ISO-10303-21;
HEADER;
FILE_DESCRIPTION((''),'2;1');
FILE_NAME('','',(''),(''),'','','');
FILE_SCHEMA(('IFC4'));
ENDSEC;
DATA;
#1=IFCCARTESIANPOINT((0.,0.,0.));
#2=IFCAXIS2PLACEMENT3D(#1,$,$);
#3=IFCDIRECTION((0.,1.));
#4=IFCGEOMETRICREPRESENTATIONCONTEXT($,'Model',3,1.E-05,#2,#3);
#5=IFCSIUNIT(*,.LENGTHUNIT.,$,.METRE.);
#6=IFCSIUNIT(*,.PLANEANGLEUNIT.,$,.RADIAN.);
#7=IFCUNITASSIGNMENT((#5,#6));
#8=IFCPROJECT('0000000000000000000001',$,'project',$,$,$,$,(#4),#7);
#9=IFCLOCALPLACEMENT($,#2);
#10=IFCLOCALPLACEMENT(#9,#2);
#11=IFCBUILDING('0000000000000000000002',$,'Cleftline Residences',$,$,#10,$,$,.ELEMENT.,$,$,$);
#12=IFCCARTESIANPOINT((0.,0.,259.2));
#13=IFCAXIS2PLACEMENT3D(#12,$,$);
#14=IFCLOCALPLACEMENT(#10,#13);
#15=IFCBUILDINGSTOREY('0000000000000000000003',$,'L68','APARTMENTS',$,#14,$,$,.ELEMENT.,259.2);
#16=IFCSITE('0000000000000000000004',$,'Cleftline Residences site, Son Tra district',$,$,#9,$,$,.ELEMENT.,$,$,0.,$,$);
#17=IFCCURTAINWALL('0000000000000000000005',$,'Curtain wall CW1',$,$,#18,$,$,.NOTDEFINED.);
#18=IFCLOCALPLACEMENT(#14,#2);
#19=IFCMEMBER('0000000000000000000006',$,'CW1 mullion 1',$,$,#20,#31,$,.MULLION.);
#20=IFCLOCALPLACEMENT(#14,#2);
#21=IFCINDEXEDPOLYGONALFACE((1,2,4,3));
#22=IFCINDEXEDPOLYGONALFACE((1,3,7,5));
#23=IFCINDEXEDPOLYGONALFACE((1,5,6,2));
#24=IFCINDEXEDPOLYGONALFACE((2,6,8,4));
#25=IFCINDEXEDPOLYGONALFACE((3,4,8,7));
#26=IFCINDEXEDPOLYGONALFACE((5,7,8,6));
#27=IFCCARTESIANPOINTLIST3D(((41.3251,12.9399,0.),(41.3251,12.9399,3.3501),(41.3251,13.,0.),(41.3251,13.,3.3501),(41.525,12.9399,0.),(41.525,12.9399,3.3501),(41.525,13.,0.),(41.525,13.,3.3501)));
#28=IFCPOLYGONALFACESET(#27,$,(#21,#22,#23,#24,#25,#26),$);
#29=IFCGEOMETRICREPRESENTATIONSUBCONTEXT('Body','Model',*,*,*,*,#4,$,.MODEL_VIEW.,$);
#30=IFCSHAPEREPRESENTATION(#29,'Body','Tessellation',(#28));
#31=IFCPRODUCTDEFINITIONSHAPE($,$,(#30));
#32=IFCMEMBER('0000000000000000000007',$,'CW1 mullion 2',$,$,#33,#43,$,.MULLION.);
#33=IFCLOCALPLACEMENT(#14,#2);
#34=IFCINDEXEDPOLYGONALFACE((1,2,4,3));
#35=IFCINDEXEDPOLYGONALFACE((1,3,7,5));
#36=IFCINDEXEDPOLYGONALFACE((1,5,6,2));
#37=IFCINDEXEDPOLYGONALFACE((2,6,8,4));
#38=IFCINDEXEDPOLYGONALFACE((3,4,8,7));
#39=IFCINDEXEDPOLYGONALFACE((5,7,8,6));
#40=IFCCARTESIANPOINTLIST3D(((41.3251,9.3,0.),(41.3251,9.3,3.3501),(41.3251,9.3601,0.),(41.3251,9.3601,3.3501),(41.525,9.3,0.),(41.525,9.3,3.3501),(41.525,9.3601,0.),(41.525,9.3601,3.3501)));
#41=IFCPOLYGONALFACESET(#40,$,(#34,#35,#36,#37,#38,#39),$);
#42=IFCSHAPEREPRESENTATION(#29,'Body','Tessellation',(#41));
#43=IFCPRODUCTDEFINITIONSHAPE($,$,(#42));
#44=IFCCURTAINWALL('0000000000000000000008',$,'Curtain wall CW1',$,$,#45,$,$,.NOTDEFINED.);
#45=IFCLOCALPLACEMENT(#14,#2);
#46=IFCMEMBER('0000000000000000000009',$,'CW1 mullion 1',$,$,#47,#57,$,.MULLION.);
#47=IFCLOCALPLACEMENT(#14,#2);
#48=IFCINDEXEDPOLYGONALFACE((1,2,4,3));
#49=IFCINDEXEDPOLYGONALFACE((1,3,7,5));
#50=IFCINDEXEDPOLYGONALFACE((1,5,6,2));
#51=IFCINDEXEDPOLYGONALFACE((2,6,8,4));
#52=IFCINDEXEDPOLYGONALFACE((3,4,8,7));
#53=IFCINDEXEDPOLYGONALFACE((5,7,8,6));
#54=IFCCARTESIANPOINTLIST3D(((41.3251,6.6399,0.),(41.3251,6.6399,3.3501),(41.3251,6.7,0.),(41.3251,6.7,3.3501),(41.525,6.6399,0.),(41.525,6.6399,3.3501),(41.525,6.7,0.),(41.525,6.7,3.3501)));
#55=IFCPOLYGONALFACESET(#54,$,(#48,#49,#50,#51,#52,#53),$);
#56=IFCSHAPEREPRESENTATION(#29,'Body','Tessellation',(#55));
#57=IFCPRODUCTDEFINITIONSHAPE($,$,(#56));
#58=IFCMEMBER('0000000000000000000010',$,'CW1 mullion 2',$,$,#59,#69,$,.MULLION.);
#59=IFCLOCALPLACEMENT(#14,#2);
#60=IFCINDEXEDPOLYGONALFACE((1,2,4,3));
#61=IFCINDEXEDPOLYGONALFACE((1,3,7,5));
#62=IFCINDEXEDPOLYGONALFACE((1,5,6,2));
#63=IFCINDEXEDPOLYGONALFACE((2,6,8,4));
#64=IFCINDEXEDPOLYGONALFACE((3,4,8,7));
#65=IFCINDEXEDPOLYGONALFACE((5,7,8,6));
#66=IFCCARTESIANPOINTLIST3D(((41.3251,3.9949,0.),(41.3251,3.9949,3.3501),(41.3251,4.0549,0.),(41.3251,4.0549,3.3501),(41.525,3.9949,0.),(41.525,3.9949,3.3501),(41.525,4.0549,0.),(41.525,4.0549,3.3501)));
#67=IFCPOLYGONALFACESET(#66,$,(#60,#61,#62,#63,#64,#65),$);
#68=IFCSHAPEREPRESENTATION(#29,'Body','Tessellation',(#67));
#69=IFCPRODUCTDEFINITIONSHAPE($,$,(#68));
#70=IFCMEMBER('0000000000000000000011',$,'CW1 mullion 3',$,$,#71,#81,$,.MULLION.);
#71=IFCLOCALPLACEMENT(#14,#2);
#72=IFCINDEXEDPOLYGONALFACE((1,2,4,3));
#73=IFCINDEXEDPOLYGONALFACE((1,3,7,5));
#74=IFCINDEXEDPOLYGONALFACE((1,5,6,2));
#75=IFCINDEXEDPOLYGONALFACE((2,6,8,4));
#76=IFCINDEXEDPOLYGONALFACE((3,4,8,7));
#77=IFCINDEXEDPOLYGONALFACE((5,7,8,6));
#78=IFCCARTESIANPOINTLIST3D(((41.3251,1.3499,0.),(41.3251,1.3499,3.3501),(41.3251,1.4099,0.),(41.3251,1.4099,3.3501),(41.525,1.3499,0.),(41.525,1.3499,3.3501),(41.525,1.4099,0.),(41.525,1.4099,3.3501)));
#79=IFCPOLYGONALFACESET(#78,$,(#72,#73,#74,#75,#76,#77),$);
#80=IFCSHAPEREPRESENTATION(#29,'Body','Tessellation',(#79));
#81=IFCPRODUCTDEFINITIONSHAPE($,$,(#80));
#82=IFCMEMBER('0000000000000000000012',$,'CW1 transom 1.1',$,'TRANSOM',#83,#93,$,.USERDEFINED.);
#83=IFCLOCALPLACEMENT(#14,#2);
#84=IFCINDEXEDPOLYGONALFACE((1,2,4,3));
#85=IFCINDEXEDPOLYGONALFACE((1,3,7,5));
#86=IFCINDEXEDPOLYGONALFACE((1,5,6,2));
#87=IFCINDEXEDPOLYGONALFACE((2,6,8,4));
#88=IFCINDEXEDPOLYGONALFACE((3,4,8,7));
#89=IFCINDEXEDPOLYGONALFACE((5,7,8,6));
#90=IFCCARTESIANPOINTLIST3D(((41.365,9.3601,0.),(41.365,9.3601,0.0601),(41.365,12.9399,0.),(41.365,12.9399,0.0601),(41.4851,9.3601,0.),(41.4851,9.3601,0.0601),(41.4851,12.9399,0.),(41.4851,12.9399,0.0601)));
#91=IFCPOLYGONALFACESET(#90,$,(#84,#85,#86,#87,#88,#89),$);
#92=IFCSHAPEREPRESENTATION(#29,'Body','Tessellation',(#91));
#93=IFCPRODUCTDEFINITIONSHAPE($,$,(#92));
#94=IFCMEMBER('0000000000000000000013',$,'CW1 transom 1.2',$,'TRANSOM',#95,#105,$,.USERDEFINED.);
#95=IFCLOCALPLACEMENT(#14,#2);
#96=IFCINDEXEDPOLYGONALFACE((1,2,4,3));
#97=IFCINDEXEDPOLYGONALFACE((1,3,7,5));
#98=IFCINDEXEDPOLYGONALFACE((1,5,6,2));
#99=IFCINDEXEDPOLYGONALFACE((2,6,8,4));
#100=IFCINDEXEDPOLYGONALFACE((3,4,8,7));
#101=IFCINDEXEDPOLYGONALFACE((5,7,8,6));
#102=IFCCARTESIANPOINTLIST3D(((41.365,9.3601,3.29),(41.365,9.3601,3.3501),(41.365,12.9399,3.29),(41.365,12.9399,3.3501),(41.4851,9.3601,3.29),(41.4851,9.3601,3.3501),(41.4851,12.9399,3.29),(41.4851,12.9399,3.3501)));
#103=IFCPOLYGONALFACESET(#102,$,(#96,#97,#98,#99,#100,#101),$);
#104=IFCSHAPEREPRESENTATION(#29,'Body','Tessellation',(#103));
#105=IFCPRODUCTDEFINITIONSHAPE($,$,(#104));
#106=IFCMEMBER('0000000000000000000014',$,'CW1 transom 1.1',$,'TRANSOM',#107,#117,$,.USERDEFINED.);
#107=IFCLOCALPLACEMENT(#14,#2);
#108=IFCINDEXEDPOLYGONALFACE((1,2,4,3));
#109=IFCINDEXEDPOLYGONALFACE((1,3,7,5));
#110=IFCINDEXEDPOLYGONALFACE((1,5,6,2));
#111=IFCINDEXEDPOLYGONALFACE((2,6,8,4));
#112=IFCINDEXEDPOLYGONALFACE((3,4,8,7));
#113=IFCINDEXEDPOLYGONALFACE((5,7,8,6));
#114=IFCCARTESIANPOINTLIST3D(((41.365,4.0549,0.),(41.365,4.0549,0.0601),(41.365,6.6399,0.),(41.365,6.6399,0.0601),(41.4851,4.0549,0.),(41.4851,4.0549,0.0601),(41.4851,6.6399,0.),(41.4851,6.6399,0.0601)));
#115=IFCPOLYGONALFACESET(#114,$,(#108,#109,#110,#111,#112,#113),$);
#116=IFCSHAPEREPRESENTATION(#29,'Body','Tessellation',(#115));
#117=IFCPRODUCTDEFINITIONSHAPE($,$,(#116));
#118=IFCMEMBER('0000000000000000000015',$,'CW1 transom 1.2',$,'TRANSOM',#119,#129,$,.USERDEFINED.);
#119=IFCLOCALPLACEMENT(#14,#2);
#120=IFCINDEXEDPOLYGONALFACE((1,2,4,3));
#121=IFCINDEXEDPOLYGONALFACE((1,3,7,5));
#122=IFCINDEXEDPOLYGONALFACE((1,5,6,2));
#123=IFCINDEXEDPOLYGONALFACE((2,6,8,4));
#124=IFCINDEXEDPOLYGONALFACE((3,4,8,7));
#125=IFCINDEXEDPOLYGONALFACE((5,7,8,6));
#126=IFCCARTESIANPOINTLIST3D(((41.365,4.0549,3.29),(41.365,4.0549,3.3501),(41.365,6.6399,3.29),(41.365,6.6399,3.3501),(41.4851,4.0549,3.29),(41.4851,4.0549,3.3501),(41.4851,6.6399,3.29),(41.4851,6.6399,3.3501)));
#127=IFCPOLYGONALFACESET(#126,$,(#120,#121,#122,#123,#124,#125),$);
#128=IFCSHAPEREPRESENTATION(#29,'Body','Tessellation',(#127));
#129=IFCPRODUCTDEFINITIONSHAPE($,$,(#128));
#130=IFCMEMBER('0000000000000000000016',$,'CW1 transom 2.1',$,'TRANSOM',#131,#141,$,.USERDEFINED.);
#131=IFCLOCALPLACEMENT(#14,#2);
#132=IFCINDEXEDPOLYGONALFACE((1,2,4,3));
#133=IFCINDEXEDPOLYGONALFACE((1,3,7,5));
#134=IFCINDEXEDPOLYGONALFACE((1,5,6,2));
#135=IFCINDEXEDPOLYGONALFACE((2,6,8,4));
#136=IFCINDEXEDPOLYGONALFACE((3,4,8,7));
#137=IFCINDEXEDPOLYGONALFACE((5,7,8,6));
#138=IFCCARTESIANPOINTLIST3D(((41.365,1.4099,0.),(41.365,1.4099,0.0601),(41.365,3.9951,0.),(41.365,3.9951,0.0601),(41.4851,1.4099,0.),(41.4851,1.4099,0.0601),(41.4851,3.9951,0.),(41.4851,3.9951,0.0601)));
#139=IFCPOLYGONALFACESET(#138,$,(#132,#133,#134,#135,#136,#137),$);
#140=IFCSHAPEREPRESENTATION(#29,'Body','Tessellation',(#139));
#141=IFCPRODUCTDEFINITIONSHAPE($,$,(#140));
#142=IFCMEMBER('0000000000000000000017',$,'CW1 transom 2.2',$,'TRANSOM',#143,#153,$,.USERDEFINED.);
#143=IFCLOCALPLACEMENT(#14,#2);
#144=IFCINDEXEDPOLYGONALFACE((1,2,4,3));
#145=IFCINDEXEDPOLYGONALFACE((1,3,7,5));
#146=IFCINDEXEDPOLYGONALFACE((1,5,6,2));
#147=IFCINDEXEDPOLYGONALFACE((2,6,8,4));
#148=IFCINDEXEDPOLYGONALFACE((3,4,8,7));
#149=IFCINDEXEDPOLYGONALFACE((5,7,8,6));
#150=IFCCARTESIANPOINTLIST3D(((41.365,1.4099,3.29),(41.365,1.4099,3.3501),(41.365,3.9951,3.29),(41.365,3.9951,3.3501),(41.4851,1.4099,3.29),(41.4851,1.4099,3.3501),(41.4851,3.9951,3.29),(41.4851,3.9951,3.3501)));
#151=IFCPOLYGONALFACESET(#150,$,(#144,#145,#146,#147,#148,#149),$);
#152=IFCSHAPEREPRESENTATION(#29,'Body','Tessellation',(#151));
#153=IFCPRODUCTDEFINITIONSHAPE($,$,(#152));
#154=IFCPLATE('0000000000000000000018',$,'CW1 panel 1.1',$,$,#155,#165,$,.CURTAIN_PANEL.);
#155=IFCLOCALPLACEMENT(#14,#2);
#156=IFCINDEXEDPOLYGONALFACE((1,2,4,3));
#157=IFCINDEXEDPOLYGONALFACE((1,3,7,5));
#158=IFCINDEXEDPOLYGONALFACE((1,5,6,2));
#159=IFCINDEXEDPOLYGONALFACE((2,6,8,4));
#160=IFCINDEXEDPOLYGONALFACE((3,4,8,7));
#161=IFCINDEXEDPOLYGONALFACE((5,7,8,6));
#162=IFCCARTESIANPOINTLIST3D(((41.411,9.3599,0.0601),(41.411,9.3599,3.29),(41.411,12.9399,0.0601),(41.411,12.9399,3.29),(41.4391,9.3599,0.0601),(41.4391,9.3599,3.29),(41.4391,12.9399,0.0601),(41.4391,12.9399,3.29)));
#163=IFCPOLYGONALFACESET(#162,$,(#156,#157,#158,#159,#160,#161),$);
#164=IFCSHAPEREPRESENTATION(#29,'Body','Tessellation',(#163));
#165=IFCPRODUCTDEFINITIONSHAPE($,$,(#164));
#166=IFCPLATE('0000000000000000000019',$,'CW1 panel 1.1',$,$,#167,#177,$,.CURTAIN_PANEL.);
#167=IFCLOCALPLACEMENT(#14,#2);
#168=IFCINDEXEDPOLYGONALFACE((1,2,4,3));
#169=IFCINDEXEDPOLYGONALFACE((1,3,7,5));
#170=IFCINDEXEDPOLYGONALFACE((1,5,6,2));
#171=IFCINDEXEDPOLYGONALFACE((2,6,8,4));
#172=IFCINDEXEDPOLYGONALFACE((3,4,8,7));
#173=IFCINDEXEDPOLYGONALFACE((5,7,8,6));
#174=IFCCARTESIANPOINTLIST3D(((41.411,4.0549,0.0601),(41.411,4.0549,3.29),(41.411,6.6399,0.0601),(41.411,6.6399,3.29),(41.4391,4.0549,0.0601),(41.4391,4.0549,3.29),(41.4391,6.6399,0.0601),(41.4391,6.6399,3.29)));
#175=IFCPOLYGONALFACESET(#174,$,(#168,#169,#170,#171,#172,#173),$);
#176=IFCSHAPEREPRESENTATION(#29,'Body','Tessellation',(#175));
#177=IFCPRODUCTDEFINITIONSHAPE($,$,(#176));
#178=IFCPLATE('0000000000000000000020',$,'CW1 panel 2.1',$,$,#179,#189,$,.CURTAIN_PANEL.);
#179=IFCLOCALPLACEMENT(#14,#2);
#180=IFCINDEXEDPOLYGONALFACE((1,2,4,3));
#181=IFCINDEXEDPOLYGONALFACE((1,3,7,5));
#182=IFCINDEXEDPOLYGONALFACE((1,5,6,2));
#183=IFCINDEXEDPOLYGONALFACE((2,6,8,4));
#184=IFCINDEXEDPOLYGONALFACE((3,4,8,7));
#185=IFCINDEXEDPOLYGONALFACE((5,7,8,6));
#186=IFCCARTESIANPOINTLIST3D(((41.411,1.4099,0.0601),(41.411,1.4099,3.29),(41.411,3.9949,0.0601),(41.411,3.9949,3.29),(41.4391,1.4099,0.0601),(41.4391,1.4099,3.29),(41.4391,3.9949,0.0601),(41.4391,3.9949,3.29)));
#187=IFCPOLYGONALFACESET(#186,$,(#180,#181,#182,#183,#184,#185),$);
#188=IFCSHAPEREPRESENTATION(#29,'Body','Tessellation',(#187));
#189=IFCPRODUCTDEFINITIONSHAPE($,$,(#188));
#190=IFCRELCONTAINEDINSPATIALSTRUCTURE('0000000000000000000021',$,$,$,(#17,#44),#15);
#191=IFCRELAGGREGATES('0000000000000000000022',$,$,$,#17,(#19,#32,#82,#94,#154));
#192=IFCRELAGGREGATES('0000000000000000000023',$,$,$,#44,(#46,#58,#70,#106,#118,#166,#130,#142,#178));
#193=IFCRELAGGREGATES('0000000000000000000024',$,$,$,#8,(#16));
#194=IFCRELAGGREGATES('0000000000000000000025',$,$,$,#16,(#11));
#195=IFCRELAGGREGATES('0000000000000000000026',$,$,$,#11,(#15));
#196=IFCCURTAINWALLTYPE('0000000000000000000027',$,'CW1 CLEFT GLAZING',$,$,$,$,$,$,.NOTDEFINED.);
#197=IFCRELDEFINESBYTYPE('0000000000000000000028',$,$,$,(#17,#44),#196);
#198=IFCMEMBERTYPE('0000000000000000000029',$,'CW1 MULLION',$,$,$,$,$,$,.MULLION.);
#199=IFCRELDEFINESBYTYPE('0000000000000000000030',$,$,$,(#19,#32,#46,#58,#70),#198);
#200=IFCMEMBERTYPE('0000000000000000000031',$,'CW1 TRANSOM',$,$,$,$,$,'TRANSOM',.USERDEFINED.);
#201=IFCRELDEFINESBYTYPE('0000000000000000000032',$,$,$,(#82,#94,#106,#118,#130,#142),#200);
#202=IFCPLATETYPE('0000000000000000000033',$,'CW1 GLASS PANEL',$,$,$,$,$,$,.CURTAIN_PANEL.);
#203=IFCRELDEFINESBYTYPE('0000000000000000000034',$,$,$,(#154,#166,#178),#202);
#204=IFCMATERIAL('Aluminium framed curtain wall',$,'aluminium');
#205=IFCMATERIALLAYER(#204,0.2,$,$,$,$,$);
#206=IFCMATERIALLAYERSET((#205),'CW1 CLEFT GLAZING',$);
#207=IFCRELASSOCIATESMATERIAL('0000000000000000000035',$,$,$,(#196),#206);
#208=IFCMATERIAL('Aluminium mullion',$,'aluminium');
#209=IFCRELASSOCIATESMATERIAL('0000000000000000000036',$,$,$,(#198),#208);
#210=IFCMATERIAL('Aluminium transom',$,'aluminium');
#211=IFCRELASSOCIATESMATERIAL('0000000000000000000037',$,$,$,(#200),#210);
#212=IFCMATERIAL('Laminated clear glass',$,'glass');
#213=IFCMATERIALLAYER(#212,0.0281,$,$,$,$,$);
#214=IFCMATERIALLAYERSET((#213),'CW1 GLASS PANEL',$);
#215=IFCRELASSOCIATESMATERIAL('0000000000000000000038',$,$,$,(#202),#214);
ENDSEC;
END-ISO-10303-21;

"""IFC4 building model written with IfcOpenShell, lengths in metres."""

from ifc_helpers import new_model, si_unit, direction, frame, origin, origin_2d, place, context, subcontext, project, spatial, rectangle, extrude, material, layer, layer_set, material_profile, profile_set, type_object, element, aggregate, save


model = new_model("IFC4")

# Units and contexts
model_context = context("Model", 3, precision=1e-05, world=origin(), true_north=direction((0.0, 1.0)))
body_context = subcontext(model_context, "Body", "Model", "MODEL_VIEW")
ifc_project = project(units=[si_unit("LENGTHUNIT", "METRE"), si_unit("PLANEANGLEUNIT", "RADIAN")], contexts=[model_context])

# Site, building, storey
site_placement = place(None, origin())
site = spatial("IfcSite", under=ifc_project, at=site_placement, Name="Cleftline Residences site, Son Tra district", CompositionType="ELEMENT", RefElevation=0.0)
building_placement = place(site_placement, origin())
building = spatial("IfcBuilding", under=site, at=building_placement, Name="Cleftline Residences", CompositionType="ELEMENT")
storey_placement = place(building_placement, frame((0.0, 0.0, 259.2)))
storey = spatial("IfcBuildingStorey", under=building, at=storey_placement, Name="L68", Description="APARTMENTS", CompositionType="ELEMENT", Elevation=259.2)

# Curtain walls, members
ifc_material_1 = material(Name="Aluminium framed curtain wall", Category="aluminium")
ifc_layer_1 = layer(ifc_material_1, 0.2)
ifc_layer_set_1 = layer_set([ifc_layer_1], Name="CW1 CLEFT GLAZING")
curtain_wall_type = type_object("IfcCurtainWallType", Name="CW1 CLEFT GLAZING", PredefinedType="NOTDEFINED", material=ifc_layer_set_1)
curtain_wall_1_placement = place(storey_placement, origin())
curtain_wall_1 = element("IfcCurtainWall", 1, at=curtain_wall_1_placement, inside=storey, type_object=curtain_wall_type, Name="Curtain wall CW1", PredefinedType="NOTDEFINED")
ifc_material_2 = material(Name="Aluminium mullion", Category="aluminium")
ifc_material_profile_1 = material_profile(ifc_material_2, rectangle(XDim=0.2, YDim=0.0601, at=origin_2d()))
ifc_profile_set_1 = profile_set([ifc_material_profile_1], Name="Aluminium mullion")
member_type_1 = type_object("IfcMemberType", Name="CW1 MULLION", PredefinedType="MULLION", material=ifc_profile_set_1)
member_1_placement = place(storey_placement, frame((41.425, 12.97, 0.0), z_axis=(0.0, 0.0, 1.0), x_axis=(1.0, 0.0, 0.0)))
member_1 = element("IfcMember", 2, at=member_1_placement, type_object=member_type_1, Name="CW1 mullion 1", PredefinedType="MULLION", context=body_context, shape_type="SweptSolid", body=[
    extrude(rectangle(XDim=0.2, YDim=0.0601, at=origin_2d()), origin(), (0.0, 0.0, 1.0), 3.3501),
])
member_2_placement = place(storey_placement, frame((41.425, 9.3301, 0.0), z_axis=(0.0, 0.0, 1.0), x_axis=(1.0, 0.0, 0.0)))
member_2 = element("IfcMember", 3, at=member_2_placement, type_object=member_type_1, Name="CW1 mullion 2", PredefinedType="MULLION", context=body_context, shape_type="SweptSolid", body=[
    extrude(rectangle(XDim=0.2, YDim=0.0601, at=origin_2d()), origin(), (0.0, 0.0, 1.0), 3.3501),
])
curtain_wall_2_placement = place(storey_placement, origin())
curtain_wall_2 = element("IfcCurtainWall", 4, at=curtain_wall_2_placement, inside=storey, type_object=curtain_wall_type, Name="Curtain wall CW1", PredefinedType="NOTDEFINED")
member_3_placement = place(storey_placement, frame((41.425, 6.6699, 0.0), z_axis=(0.0, 0.0, 1.0), x_axis=(1.0, 0.0, 0.0)))
member_3 = element("IfcMember", 5, at=member_3_placement, type_object=member_type_1, Name="CW1 mullion 1", PredefinedType="MULLION", context=body_context, shape_type="SweptSolid", body=[
    extrude(rectangle(XDim=0.2, YDim=0.0601, at=origin_2d()), origin(), (0.0, 0.0, 1.0), 3.3501),
])
member_4_placement = place(storey_placement, frame((41.425, 4.0249, 0.0), z_axis=(0.0, 0.0, 1.0), x_axis=(1.0, 0.0, 0.0)))
member_4 = element("IfcMember", 6, at=member_4_placement, type_object=member_type_1, Name="CW1 mullion 2", PredefinedType="MULLION", context=body_context, shape_type="SweptSolid", body=[
    extrude(rectangle(XDim=0.2, YDim=0.0601, at=origin_2d()), origin(), (0.0, 0.0, 1.0), 3.3501),
])
member_5_placement = place(storey_placement, frame((41.425, 1.3799, 0.0), z_axis=(0.0, 0.0, 1.0), x_axis=(1.0, 0.0, 0.0)))
member_5 = element("IfcMember", 7, at=member_5_placement, type_object=member_type_1, Name="CW1 mullion 3", PredefinedType="MULLION", context=body_context, shape_type="SweptSolid", body=[
    extrude(rectangle(XDim=0.2, YDim=0.0601, at=origin_2d()), origin(), (0.0, 0.0, 1.0), 3.3501),
])

# Members
ifc_material_3 = material(Name="Aluminium transom", Category="aluminium")
ifc_material_profile_2 = material_profile(ifc_material_3, rectangle(XDim=0.1201, YDim=0.0601, at=origin_2d()))
ifc_profile_set_2 = profile_set([ifc_material_profile_2], Name="Aluminium transom")
member_type_2 = type_object("IfcMemberType", Name="CW1 TRANSOM", ElementType="TRANSOM", PredefinedType="USERDEFINED", material=ifc_profile_set_2)
member_6_placement = place(storey_placement, frame((41.425, 12.9399, 0.03), z_axis=(0.0, -1.0, 0.0), x_axis=(1.0, 0.0, 0.0)))
member_6 = element("IfcMember", 8, at=member_6_placement, type_object=member_type_2, Name="CW1 transom 1.1", ObjectType="TRANSOM", PredefinedType="USERDEFINED", context=body_context, shape_type="SweptSolid", body=[
    extrude(rectangle(XDim=0.1201, YDim=0.0601, at=origin_2d()), origin(), (0.0, 0.0, 1.0), 3.5798),
])
member_7_placement = place(storey_placement, frame((41.425, 12.9399, 3.3201), z_axis=(0.0, -1.0, 0.0), x_axis=(1.0, 0.0, 0.0)))
member_7 = element("IfcMember", 9, at=member_7_placement, type_object=member_type_2, Name="CW1 transom 1.2", ObjectType="TRANSOM", PredefinedType="USERDEFINED", context=body_context, shape_type="SweptSolid", body=[
    extrude(rectangle(XDim=0.1201, YDim=0.0601, at=origin_2d()), origin(), (0.0, 0.0, 1.0), 3.5798),
])
member_8_placement = place(storey_placement, frame((41.425, 6.6399, 0.03), z_axis=(0.0, -1.0, 0.0), x_axis=(1.0, 0.0, 0.0)))
member_8 = element("IfcMember", 10, at=member_8_placement, type_object=member_type_2, Name="CW1 transom 1.1", ObjectType="TRANSOM", PredefinedType="USERDEFINED", context=body_context, shape_type="SweptSolid", body=[
    extrude(rectangle(XDim=0.1201, YDim=0.0601, at=origin_2d()), origin(), (0.0, 0.0, 1.0), 2.585),
])
member_9_placement = place(storey_placement, frame((41.425, 6.6399, 3.3201), z_axis=(0.0, -1.0, 0.0), x_axis=(1.0, 0.0, 0.0)))
member_9 = element("IfcMember", 11, at=member_9_placement, type_object=member_type_2, Name="CW1 transom 1.2", ObjectType="TRANSOM", PredefinedType="USERDEFINED", context=body_context, shape_type="SweptSolid", body=[
    extrude(rectangle(XDim=0.1201, YDim=0.0601, at=origin_2d()), origin(), (0.0, 0.0, 1.0), 2.585),
])
member_10_placement = place(storey_placement, frame((41.425, 3.9951, 0.03), z_axis=(0.0, -1.0, 0.0), x_axis=(1.0, 0.0, 0.0)))
member_10 = element("IfcMember", 12, at=member_10_placement, type_object=member_type_2, Name="CW1 transom 2.1", ObjectType="TRANSOM", PredefinedType="USERDEFINED", context=body_context, shape_type="SweptSolid", body=[
    extrude(rectangle(XDim=0.1201, YDim=0.0601, at=origin_2d()), origin(), (0.0, 0.0, 1.0), 2.5852),
])
member_11_placement = place(storey_placement, frame((41.425, 3.9951, 3.3201), z_axis=(0.0, -1.0, 0.0), x_axis=(1.0, 0.0, 0.0)))
member_11 = element("IfcMember", 13, at=member_11_placement, type_object=member_type_2, Name="CW1 transom 2.2", ObjectType="TRANSOM", PredefinedType="USERDEFINED", context=body_context, shape_type="SweptSolid", body=[
    extrude(rectangle(XDim=0.1201, YDim=0.0601, at=origin_2d()), origin(), (0.0, 0.0, 1.0), 2.5852),
])

# Plates
ifc_material_4 = material(Name="Laminated clear glass", Category="glass")
ifc_layer_2 = layer(ifc_material_4, 0.0281)
ifc_layer_set_2 = layer_set([ifc_layer_2], Name="CW1 GLASS PANEL")
plate_type = type_object("IfcPlateType", Name="CW1 GLASS PANEL", PredefinedType="CURTAIN_PANEL", material=ifc_layer_set_2)
plate_1_placement = place(storey_placement, frame((41.425, 11.1499, 0.0601), z_axis=(0.0, 0.0, 1.0), x_axis=(0.0, -1.0, 0.0)))
plate_1 = element("IfcPlate", 14, at=plate_1_placement, type_object=plate_type, Name="CW1 panel 1.1", PredefinedType="CURTAIN_PANEL", context=body_context, shape_type="SweptSolid", body=[
    extrude(rectangle(XDim=3.5801, YDim=0.0281, at=origin_2d()), origin(), (0.0, 0.0, 1.0), 3.23),
])
aggregate(curtain_wall_1, [member_1, member_2, member_6, member_7, plate_1])
plate_2_placement = place(storey_placement, frame((41.425, 5.3474, 0.0601), z_axis=(0.0, 0.0, 1.0), x_axis=(0.0, -1.0, 0.0)))
plate_2 = element("IfcPlate", 15, at=plate_2_placement, type_object=plate_type, Name="CW1 panel 1.1", PredefinedType="CURTAIN_PANEL", context=body_context, shape_type="SweptSolid", body=[
    extrude(rectangle(XDim=2.585, YDim=0.0281, at=origin_2d()), origin(), (0.0, 0.0, 1.0), 3.23),
])
plate_3_placement = place(storey_placement, frame((41.425, 2.7024, 0.0601), z_axis=(0.0, 0.0, 1.0), x_axis=(0.0, -1.0, 0.0)))
plate_3 = element("IfcPlate", 16, at=plate_3_placement, type_object=plate_type, Name="CW1 panel 2.1", PredefinedType="CURTAIN_PANEL", context=body_context, shape_type="SweptSolid", body=[
    extrude(rectangle(XDim=2.585, YDim=0.0281, at=origin_2d()), origin(), (0.0, 0.0, 1.0), 3.23),
])
aggregate(curtain_wall_2, [member_3, member_4, member_5, member_8, member_9, plate_2, member_10, member_11, plate_3])

save(model, "model.ifc")
